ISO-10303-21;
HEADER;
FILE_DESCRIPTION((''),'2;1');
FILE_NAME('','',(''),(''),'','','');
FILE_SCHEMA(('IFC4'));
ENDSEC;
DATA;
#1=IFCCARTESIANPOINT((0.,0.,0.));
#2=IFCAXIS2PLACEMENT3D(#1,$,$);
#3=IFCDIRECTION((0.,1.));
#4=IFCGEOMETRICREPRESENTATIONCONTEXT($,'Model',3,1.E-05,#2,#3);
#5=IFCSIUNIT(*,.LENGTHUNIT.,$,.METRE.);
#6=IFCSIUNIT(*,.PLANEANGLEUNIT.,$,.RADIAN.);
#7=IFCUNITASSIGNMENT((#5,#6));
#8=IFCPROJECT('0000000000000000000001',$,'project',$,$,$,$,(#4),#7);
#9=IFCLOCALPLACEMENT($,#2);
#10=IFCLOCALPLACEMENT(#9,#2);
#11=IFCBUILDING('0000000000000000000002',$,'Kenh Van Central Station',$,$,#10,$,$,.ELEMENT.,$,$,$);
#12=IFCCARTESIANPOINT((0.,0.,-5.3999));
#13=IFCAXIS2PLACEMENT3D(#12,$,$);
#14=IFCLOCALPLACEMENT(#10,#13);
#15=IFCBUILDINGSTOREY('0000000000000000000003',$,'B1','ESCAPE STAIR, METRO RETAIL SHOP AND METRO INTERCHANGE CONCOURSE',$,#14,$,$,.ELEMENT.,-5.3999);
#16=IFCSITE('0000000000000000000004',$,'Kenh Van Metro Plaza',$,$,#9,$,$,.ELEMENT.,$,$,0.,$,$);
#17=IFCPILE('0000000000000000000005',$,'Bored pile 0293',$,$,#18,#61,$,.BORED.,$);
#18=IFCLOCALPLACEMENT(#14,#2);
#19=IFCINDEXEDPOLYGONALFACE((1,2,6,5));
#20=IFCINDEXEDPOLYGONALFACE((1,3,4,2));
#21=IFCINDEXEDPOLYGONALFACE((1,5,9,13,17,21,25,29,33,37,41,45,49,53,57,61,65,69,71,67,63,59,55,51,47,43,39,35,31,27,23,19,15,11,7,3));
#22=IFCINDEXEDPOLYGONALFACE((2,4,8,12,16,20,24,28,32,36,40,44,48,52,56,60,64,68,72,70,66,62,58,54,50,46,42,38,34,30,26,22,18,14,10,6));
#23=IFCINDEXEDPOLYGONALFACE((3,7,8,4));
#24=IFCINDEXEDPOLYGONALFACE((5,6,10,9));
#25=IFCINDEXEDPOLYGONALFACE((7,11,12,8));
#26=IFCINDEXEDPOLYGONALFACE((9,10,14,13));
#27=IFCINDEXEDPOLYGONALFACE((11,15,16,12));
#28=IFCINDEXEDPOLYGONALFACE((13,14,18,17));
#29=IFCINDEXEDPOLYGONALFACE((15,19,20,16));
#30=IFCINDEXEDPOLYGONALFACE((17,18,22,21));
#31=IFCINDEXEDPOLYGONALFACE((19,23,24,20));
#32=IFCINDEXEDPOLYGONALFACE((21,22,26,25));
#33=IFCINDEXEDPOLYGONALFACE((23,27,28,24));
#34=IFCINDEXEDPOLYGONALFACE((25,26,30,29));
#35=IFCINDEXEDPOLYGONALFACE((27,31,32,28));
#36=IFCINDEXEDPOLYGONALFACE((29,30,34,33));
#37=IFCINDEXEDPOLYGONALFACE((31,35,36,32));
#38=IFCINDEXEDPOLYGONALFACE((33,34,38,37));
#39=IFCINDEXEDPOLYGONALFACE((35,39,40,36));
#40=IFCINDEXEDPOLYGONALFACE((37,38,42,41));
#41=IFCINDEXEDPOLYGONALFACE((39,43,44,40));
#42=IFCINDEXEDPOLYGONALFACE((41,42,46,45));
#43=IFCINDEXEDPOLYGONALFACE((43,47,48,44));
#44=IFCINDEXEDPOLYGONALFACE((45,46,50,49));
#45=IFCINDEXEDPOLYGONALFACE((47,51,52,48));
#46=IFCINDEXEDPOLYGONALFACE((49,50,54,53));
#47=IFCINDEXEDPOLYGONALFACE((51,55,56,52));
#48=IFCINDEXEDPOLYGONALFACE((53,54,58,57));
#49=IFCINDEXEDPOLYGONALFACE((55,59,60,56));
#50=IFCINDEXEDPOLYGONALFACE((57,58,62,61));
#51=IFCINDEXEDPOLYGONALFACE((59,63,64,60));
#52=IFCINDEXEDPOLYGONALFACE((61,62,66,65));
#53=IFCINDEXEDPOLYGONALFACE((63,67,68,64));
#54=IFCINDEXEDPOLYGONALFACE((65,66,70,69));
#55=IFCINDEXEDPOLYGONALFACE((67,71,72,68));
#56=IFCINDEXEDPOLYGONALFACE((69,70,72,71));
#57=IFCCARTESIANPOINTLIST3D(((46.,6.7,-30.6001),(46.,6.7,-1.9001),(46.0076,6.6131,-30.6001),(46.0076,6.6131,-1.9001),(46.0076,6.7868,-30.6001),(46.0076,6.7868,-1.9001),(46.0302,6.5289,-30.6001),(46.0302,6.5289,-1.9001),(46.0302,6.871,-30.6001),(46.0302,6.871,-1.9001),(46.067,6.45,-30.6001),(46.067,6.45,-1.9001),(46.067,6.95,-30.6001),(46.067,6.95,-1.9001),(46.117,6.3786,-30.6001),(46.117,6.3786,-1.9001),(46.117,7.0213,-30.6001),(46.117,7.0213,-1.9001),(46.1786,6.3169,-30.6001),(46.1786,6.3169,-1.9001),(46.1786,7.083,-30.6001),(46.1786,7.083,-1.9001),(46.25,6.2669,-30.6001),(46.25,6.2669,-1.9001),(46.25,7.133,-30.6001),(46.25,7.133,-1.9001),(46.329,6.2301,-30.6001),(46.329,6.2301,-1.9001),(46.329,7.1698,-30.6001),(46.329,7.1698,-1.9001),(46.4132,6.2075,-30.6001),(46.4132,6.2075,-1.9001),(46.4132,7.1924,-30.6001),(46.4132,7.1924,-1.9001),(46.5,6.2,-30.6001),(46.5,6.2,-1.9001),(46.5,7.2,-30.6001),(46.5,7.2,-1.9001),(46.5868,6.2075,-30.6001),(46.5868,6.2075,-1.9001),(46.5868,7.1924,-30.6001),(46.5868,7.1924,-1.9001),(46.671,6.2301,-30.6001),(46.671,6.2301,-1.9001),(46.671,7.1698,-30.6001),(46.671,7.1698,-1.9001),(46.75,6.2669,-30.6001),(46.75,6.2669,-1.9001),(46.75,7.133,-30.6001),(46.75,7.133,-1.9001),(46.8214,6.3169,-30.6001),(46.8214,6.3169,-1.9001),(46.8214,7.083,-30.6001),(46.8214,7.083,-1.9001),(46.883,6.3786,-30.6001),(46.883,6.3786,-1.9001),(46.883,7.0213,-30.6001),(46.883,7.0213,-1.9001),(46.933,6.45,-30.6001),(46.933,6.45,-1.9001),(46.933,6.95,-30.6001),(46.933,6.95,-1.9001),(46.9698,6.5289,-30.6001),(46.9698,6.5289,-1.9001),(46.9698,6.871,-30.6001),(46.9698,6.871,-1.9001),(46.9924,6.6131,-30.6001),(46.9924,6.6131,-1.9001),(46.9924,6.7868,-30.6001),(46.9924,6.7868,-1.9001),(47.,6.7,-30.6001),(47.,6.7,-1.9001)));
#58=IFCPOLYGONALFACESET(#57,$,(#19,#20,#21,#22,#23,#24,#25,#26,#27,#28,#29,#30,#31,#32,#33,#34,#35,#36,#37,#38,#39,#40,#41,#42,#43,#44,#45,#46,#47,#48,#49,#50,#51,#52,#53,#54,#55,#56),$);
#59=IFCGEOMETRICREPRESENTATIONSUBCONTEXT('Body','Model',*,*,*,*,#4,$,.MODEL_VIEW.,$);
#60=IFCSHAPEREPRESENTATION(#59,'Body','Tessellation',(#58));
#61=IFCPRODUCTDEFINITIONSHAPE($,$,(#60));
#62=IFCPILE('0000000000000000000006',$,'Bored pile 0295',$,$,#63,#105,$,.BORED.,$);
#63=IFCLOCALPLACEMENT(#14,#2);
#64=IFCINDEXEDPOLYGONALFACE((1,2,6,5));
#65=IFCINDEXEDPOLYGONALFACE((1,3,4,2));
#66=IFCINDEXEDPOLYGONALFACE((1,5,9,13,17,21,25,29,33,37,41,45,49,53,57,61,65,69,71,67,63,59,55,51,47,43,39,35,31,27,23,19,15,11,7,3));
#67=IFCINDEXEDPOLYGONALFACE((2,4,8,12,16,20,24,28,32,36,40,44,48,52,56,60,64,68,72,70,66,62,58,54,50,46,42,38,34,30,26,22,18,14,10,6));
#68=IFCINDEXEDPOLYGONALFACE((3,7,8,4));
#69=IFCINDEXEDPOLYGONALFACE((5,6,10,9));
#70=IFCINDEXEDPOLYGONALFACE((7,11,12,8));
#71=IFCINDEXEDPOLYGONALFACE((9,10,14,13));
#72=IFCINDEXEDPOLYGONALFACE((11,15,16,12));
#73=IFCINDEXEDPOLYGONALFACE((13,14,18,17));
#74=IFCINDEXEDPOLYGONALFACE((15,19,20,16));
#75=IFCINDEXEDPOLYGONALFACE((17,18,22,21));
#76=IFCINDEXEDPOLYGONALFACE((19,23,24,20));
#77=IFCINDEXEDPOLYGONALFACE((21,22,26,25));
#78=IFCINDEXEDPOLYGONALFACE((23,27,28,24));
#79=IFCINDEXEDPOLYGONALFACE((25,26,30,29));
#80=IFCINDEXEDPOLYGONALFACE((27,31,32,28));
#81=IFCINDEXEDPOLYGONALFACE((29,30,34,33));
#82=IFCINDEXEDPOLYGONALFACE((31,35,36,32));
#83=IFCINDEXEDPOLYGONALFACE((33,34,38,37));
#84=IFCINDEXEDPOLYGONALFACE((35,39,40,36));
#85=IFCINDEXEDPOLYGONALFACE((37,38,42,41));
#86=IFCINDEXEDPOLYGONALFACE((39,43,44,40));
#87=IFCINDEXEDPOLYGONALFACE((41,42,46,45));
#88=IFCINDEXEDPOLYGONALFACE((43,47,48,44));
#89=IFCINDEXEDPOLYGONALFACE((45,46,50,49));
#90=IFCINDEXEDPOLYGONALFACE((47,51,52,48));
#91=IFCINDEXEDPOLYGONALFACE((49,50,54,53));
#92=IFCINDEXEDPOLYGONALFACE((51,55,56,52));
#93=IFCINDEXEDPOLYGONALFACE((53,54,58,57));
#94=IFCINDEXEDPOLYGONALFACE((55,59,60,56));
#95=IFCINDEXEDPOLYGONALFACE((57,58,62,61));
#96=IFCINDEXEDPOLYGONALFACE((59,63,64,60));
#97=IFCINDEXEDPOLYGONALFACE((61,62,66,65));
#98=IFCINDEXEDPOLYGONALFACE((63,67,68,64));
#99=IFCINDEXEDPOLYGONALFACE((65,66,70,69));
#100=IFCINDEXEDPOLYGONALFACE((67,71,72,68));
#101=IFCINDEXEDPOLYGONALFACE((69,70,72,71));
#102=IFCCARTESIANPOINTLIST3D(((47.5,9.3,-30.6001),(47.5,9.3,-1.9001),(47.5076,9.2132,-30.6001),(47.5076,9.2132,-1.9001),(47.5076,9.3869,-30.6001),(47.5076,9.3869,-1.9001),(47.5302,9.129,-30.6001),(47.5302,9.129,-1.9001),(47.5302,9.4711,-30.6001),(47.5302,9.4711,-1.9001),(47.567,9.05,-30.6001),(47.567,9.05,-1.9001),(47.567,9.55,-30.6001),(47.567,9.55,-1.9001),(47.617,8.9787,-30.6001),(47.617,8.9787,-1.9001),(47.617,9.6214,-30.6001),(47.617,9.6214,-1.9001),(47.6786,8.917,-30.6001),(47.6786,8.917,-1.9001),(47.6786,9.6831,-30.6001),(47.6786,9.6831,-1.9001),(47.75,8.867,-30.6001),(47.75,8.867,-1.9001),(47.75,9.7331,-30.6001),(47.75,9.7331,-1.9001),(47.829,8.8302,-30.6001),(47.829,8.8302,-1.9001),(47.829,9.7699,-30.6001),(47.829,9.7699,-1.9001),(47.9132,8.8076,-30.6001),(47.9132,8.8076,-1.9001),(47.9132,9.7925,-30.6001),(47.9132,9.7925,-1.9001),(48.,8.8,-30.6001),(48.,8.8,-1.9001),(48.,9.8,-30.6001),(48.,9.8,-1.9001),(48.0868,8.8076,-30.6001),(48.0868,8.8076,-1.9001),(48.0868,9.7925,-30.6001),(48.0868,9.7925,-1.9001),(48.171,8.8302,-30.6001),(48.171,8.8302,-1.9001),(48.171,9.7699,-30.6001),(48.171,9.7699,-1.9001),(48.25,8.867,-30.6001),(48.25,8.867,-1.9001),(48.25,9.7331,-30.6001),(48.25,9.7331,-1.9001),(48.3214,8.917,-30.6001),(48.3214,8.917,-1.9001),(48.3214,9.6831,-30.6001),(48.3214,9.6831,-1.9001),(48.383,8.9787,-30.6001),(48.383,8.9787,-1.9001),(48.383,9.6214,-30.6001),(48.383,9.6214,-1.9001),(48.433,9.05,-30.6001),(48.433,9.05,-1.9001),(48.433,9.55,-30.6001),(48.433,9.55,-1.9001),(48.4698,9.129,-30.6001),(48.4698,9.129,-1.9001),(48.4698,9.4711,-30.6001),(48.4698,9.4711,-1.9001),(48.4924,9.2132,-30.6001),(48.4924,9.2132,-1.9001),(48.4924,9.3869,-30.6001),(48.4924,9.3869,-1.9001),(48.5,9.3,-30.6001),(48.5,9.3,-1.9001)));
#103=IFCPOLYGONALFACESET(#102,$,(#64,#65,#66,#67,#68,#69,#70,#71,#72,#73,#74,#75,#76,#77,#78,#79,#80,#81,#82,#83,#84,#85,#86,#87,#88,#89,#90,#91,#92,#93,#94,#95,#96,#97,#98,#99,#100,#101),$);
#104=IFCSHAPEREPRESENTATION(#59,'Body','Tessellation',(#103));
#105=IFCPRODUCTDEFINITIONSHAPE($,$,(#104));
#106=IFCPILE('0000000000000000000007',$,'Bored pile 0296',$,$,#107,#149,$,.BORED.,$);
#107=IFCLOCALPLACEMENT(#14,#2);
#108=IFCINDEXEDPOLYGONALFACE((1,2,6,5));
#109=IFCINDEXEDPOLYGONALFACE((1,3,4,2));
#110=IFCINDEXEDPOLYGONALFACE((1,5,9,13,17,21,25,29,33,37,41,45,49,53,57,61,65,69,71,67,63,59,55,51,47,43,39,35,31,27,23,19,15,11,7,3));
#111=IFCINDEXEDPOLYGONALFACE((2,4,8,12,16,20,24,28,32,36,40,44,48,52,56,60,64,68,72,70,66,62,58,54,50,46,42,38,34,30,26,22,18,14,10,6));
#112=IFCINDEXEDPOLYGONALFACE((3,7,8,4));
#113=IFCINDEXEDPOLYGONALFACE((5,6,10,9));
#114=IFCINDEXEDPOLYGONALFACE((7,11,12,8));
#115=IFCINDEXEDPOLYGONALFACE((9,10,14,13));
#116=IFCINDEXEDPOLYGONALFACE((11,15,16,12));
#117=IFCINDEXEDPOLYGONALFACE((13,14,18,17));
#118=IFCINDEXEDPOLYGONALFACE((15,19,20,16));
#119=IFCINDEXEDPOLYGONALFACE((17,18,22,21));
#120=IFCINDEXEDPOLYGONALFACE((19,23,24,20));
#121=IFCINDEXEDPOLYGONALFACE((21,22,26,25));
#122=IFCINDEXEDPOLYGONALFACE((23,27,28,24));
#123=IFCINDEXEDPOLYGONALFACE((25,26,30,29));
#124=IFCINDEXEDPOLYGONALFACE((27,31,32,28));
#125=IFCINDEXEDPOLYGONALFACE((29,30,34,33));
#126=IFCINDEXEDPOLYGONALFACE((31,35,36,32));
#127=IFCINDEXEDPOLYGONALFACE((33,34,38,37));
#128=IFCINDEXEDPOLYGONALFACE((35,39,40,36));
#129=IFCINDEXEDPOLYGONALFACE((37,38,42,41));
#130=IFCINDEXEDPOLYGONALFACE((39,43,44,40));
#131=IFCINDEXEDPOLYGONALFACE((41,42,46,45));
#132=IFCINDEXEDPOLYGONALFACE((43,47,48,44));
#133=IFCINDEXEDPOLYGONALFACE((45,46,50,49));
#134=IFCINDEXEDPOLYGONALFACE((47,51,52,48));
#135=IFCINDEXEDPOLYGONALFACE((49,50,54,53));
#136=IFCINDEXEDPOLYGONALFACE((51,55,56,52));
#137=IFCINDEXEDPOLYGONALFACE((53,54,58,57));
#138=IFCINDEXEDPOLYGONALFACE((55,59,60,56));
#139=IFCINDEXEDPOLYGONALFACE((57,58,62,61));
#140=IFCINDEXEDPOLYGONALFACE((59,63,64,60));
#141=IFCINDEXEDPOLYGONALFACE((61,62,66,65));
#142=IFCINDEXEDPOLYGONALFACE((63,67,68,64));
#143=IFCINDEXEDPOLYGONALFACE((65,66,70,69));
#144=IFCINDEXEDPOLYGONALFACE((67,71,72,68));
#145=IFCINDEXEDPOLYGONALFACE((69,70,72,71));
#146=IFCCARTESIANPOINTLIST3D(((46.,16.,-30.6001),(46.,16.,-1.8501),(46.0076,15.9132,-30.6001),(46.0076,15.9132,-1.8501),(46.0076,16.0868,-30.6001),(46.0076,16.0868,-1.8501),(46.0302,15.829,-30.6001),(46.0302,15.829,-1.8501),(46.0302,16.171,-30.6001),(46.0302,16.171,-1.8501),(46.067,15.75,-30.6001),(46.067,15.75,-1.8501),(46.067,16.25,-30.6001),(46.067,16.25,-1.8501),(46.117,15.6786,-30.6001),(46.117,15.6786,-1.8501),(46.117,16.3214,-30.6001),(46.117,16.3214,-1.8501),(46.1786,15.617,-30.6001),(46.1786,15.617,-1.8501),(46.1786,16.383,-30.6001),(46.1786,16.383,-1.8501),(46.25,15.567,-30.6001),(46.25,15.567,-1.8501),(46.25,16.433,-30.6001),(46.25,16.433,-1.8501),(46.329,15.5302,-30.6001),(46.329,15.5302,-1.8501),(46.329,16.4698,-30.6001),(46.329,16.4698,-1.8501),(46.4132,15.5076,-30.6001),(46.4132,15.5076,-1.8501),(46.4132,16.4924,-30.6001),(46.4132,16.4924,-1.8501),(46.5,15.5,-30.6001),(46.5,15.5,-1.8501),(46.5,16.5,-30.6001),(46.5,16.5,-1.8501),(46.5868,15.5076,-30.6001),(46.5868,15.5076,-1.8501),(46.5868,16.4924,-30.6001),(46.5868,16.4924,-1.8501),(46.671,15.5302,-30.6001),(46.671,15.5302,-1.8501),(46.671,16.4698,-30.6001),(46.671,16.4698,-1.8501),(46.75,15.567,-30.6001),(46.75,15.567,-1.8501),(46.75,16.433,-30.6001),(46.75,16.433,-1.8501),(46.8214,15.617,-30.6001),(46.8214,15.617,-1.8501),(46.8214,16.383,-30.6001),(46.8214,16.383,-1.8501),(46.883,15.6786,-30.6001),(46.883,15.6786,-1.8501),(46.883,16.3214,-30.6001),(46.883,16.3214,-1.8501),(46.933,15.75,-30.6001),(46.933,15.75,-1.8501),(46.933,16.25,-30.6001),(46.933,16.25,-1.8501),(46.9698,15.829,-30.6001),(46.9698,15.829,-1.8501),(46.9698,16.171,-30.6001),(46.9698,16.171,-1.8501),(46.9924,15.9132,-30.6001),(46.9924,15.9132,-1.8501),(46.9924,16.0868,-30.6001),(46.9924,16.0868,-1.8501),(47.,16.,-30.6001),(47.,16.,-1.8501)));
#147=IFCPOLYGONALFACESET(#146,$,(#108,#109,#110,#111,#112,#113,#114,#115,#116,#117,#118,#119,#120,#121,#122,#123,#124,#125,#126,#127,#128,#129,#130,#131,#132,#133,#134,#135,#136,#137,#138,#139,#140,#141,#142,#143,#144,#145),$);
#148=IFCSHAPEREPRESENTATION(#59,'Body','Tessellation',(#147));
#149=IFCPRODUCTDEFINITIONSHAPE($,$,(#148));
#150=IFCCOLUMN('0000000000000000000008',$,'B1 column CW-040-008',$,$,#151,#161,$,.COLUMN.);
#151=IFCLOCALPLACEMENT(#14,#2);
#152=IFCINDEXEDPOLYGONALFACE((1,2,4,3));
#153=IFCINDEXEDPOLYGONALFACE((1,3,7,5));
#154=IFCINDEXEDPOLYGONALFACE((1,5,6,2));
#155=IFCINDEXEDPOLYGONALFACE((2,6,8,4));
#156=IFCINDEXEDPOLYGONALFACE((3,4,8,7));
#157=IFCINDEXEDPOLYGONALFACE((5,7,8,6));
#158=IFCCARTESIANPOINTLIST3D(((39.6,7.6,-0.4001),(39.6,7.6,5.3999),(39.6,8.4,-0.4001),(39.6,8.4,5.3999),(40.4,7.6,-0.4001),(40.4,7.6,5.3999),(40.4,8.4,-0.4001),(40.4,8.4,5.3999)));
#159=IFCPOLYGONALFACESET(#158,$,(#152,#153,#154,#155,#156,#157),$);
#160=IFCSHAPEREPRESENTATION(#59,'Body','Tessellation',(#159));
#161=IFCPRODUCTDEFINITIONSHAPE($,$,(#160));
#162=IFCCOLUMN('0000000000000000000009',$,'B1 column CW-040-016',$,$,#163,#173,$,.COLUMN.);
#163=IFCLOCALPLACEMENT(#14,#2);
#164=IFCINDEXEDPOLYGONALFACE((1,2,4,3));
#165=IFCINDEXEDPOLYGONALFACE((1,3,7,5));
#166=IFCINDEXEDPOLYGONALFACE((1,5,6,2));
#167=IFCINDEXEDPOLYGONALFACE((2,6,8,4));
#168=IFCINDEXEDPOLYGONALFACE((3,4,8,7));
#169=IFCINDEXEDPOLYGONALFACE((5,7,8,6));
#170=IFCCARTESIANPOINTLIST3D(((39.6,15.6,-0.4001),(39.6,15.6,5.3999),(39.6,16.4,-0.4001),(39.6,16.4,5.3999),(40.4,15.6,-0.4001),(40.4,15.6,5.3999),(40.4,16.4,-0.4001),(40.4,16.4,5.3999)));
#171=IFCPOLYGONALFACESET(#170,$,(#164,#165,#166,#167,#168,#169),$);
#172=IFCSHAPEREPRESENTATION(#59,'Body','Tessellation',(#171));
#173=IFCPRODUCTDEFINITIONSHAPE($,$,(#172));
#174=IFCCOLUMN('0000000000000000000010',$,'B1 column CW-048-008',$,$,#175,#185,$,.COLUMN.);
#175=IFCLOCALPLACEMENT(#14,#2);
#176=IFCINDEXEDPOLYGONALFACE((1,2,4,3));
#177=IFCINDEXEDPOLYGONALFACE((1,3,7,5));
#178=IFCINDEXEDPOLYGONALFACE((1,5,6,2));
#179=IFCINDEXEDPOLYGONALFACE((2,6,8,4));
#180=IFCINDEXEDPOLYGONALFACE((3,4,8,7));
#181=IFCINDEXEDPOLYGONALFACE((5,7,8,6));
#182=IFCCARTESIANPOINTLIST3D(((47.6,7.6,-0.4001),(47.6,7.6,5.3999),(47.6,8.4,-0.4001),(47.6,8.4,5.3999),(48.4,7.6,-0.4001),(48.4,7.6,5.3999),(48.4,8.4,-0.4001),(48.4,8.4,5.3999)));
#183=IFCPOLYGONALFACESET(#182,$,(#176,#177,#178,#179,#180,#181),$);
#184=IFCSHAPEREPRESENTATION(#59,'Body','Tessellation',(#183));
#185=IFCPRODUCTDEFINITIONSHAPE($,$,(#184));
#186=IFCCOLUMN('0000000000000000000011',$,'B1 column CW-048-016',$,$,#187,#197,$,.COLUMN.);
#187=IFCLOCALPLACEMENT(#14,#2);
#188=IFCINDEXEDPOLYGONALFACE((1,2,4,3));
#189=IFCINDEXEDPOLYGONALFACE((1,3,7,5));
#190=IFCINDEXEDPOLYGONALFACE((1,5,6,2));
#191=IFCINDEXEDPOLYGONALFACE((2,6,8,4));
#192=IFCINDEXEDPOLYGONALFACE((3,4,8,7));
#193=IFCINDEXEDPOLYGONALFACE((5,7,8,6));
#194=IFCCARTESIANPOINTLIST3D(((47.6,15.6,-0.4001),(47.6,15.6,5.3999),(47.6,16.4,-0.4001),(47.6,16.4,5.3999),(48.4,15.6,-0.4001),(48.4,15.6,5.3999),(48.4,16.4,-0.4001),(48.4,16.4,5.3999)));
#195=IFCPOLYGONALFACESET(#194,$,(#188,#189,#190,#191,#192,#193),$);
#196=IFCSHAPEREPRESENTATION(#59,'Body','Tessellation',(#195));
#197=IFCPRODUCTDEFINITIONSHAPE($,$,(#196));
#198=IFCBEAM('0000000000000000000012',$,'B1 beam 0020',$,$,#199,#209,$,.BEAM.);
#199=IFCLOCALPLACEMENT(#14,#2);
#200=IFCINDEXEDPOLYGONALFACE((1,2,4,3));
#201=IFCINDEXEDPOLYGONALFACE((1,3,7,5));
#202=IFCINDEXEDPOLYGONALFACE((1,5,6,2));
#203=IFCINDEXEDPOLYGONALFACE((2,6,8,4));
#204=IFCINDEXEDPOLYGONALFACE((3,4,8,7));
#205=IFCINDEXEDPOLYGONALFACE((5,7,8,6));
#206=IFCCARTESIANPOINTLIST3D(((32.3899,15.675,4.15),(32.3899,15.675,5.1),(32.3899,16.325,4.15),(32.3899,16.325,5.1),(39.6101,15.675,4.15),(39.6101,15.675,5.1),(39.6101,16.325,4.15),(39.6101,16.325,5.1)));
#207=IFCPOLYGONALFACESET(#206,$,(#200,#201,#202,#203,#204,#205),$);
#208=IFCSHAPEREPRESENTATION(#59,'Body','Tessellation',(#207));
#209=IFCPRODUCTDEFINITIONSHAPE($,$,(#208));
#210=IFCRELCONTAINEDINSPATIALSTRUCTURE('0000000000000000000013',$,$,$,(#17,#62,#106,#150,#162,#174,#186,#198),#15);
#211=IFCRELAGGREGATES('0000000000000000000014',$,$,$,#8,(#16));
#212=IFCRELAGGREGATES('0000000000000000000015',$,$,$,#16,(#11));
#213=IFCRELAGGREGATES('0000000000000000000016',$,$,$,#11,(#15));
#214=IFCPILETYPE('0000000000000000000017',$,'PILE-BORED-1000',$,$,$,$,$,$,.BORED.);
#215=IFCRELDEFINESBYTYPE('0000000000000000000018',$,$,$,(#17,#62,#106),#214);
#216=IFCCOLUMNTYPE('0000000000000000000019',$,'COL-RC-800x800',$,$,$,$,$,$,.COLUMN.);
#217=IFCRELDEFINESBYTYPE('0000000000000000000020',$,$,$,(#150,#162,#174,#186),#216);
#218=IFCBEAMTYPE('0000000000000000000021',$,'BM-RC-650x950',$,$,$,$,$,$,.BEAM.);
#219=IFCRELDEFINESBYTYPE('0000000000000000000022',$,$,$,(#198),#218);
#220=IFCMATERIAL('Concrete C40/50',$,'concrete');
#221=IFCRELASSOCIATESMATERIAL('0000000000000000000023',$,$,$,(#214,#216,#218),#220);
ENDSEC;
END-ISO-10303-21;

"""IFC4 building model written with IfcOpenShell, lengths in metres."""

from ifc_helpers import new_model, si_unit, direction, frame, origin, origin_2d, place, context, subcontext, project, spatial, rectangle, circle, extrude, material, material_profile, profile_set, type_object, element, save


model = new_model("IFC4")

# Units and contexts
model_context = context("Model", 3, precision=1e-05, world=origin(), true_north=direction((0.0, 1.0)))
body_context = subcontext(model_context, "Body", "Model", "MODEL_VIEW")
ifc_project = project(units=[si_unit("LENGTHUNIT", "METRE"), si_unit("PLANEANGLEUNIT", "RADIAN")], contexts=[model_context])

# Site, building, storey
site_placement = place(None, origin())
site = spatial("IfcSite", under=ifc_project, at=site_placement, Name="Kenh Van Metro Plaza", CompositionType="ELEMENT", RefElevation=0.0)
building_placement = place(site_placement, origin())
building = spatial("IfcBuilding", under=site, at=building_placement, Name="Kenh Van Central Station", CompositionType="ELEMENT")
storey_placement = place(building_placement, frame((0.0, 0.0, -5.3999)))
storey = spatial("IfcBuildingStorey", under=building, at=storey_placement, Name="B1", Description="ESCAPE STAIR, METRO RETAIL SHOP AND METRO INTERCHANGE CONCOURSE", CompositionType="ELEMENT", Elevation=-5.3999)

# Shared definitions
ifc_material_1 = material(Name="Concrete C40/50", Category="concrete")

# Piles
ifc_material_profile_1 = material_profile(ifc_material_1, circle(Radius=0.5, at=origin_2d()), Name="PILE D1000")
ifc_profile_set_1 = profile_set([ifc_material_profile_1], Name="Concrete C40/50")
pile_type = type_object("IfcPileType", Name="PILE-BORED-1000", PredefinedType="BORED", material=ifc_profile_set_1)
for number, where, z_axis, x_axis, name in (
    (1, (46.5, 6.7, -1.9001), (0.0, 0.0, -1.0), (1.0, 0.0, 0.0), "Bored pile 0293"),
    (2, (48.0, 9.3, -1.9001), (0.0, 0.0, -1.0), (1.0, 0.0, 0.0), "Bored pile 0295"),
):
    element("IfcPile", number, at=place(storey_placement, frame(where, z_axis=z_axis, x_axis=x_axis)), inside=storey, type_object=pile_type, Name=name, PredefinedType="BORED", context=body_context, shape_type="SweptSolid", body=[
        extrude(circle(Radius=0.5, at=origin_2d()), origin(), (0.0, 0.0, 1.0), 28.7),
    ])
pile_1_placement = place(storey_placement, frame((46.5, 16.0, -1.8501), z_axis=(0.0, 0.0, -1.0), x_axis=(1.0, 0.0, 0.0)))
element("IfcPile", 3, at=pile_1_placement, inside=storey, type_object=pile_type, Name="Bored pile 0296", PredefinedType="BORED", context=body_context, shape_type="SweptSolid", body=[
    extrude(circle(Radius=0.5, at=origin_2d()), origin(), (0.0, 0.0, 1.0), 28.75),
])

# Columns
ifc_material_profile_2 = material_profile(ifc_material_1, rectangle(XDim=0.8, YDim=0.8, at=origin_2d()), Name="RC 800x800")
ifc_profile_set_2 = profile_set([ifc_material_profile_2], Name="Concrete C40/50")
column_type = type_object("IfcColumnType", Name="COL-RC-800x800", PredefinedType="COLUMN", material=ifc_profile_set_2)
for number, where, z_axis, x_axis, name in (
    (4, (40.0, 8.0, -0.4001), (0.0, 0.0, 1.0), (1.0, 0.0, 0.0), "B1 column CW-040-008"),
    (5, (40.0, 16.0, -0.4001), (0.0, 0.0, 1.0), (1.0, 0.0, 0.0), "B1 column CW-040-016"),
    (6, (48.0, 8.0, -0.4001), (0.0, 0.0, 1.0), (1.0, 0.0, 0.0), "B1 column CW-048-008"),
    (7, (48.0, 16.0, -0.4001), (0.0, 0.0, 1.0), (1.0, 0.0, 0.0), "B1 column CW-048-016"),
):
    element("IfcColumn", number, at=place(storey_placement, frame(where, z_axis=z_axis, x_axis=x_axis)), inside=storey, type_object=column_type, Name=name, PredefinedType="COLUMN", context=body_context, shape_type="SweptSolid", body=[
        extrude(rectangle(XDim=0.8, YDim=0.8, at=origin_2d()), origin(), (0.0, 0.0, 1.0), 5.8),
    ])

# Beam
ifc_material_profile_3 = material_profile(ifc_material_1, rectangle(XDim=0.6499, YDim=0.95, at=origin_2d()), Name="RC 650x950")
ifc_profile_set_3 = profile_set([ifc_material_profile_3], Name="Concrete C40/50")
beam_type_1 = type_object("IfcBeamType", Name="BM-RC-650x950", PredefinedType="BEAM", material=ifc_profile_set_3)
for number, where, z_axis, x_axis, name in (
    (8, (32.3899, 16.0, 4.625), (1.0, 0.0, 0.0), (0.0, 1.0, 0.0), "B1 beam 0020"),
):
    element("IfcBeam", number, at=place(storey_placement, frame(where, z_axis=z_axis, x_axis=x_axis)), inside=storey, type_object=beam_type_1, Name=name, PredefinedType="BEAM", context=body_context, shape_type="SweptSolid", body=[
        extrude(rectangle(XDim=0.6499, YDim=0.95, at=origin_2d()), origin(), (0.0, 0.0, 1.0), 7.2202),
    ])

save(model, "model.ifc")
